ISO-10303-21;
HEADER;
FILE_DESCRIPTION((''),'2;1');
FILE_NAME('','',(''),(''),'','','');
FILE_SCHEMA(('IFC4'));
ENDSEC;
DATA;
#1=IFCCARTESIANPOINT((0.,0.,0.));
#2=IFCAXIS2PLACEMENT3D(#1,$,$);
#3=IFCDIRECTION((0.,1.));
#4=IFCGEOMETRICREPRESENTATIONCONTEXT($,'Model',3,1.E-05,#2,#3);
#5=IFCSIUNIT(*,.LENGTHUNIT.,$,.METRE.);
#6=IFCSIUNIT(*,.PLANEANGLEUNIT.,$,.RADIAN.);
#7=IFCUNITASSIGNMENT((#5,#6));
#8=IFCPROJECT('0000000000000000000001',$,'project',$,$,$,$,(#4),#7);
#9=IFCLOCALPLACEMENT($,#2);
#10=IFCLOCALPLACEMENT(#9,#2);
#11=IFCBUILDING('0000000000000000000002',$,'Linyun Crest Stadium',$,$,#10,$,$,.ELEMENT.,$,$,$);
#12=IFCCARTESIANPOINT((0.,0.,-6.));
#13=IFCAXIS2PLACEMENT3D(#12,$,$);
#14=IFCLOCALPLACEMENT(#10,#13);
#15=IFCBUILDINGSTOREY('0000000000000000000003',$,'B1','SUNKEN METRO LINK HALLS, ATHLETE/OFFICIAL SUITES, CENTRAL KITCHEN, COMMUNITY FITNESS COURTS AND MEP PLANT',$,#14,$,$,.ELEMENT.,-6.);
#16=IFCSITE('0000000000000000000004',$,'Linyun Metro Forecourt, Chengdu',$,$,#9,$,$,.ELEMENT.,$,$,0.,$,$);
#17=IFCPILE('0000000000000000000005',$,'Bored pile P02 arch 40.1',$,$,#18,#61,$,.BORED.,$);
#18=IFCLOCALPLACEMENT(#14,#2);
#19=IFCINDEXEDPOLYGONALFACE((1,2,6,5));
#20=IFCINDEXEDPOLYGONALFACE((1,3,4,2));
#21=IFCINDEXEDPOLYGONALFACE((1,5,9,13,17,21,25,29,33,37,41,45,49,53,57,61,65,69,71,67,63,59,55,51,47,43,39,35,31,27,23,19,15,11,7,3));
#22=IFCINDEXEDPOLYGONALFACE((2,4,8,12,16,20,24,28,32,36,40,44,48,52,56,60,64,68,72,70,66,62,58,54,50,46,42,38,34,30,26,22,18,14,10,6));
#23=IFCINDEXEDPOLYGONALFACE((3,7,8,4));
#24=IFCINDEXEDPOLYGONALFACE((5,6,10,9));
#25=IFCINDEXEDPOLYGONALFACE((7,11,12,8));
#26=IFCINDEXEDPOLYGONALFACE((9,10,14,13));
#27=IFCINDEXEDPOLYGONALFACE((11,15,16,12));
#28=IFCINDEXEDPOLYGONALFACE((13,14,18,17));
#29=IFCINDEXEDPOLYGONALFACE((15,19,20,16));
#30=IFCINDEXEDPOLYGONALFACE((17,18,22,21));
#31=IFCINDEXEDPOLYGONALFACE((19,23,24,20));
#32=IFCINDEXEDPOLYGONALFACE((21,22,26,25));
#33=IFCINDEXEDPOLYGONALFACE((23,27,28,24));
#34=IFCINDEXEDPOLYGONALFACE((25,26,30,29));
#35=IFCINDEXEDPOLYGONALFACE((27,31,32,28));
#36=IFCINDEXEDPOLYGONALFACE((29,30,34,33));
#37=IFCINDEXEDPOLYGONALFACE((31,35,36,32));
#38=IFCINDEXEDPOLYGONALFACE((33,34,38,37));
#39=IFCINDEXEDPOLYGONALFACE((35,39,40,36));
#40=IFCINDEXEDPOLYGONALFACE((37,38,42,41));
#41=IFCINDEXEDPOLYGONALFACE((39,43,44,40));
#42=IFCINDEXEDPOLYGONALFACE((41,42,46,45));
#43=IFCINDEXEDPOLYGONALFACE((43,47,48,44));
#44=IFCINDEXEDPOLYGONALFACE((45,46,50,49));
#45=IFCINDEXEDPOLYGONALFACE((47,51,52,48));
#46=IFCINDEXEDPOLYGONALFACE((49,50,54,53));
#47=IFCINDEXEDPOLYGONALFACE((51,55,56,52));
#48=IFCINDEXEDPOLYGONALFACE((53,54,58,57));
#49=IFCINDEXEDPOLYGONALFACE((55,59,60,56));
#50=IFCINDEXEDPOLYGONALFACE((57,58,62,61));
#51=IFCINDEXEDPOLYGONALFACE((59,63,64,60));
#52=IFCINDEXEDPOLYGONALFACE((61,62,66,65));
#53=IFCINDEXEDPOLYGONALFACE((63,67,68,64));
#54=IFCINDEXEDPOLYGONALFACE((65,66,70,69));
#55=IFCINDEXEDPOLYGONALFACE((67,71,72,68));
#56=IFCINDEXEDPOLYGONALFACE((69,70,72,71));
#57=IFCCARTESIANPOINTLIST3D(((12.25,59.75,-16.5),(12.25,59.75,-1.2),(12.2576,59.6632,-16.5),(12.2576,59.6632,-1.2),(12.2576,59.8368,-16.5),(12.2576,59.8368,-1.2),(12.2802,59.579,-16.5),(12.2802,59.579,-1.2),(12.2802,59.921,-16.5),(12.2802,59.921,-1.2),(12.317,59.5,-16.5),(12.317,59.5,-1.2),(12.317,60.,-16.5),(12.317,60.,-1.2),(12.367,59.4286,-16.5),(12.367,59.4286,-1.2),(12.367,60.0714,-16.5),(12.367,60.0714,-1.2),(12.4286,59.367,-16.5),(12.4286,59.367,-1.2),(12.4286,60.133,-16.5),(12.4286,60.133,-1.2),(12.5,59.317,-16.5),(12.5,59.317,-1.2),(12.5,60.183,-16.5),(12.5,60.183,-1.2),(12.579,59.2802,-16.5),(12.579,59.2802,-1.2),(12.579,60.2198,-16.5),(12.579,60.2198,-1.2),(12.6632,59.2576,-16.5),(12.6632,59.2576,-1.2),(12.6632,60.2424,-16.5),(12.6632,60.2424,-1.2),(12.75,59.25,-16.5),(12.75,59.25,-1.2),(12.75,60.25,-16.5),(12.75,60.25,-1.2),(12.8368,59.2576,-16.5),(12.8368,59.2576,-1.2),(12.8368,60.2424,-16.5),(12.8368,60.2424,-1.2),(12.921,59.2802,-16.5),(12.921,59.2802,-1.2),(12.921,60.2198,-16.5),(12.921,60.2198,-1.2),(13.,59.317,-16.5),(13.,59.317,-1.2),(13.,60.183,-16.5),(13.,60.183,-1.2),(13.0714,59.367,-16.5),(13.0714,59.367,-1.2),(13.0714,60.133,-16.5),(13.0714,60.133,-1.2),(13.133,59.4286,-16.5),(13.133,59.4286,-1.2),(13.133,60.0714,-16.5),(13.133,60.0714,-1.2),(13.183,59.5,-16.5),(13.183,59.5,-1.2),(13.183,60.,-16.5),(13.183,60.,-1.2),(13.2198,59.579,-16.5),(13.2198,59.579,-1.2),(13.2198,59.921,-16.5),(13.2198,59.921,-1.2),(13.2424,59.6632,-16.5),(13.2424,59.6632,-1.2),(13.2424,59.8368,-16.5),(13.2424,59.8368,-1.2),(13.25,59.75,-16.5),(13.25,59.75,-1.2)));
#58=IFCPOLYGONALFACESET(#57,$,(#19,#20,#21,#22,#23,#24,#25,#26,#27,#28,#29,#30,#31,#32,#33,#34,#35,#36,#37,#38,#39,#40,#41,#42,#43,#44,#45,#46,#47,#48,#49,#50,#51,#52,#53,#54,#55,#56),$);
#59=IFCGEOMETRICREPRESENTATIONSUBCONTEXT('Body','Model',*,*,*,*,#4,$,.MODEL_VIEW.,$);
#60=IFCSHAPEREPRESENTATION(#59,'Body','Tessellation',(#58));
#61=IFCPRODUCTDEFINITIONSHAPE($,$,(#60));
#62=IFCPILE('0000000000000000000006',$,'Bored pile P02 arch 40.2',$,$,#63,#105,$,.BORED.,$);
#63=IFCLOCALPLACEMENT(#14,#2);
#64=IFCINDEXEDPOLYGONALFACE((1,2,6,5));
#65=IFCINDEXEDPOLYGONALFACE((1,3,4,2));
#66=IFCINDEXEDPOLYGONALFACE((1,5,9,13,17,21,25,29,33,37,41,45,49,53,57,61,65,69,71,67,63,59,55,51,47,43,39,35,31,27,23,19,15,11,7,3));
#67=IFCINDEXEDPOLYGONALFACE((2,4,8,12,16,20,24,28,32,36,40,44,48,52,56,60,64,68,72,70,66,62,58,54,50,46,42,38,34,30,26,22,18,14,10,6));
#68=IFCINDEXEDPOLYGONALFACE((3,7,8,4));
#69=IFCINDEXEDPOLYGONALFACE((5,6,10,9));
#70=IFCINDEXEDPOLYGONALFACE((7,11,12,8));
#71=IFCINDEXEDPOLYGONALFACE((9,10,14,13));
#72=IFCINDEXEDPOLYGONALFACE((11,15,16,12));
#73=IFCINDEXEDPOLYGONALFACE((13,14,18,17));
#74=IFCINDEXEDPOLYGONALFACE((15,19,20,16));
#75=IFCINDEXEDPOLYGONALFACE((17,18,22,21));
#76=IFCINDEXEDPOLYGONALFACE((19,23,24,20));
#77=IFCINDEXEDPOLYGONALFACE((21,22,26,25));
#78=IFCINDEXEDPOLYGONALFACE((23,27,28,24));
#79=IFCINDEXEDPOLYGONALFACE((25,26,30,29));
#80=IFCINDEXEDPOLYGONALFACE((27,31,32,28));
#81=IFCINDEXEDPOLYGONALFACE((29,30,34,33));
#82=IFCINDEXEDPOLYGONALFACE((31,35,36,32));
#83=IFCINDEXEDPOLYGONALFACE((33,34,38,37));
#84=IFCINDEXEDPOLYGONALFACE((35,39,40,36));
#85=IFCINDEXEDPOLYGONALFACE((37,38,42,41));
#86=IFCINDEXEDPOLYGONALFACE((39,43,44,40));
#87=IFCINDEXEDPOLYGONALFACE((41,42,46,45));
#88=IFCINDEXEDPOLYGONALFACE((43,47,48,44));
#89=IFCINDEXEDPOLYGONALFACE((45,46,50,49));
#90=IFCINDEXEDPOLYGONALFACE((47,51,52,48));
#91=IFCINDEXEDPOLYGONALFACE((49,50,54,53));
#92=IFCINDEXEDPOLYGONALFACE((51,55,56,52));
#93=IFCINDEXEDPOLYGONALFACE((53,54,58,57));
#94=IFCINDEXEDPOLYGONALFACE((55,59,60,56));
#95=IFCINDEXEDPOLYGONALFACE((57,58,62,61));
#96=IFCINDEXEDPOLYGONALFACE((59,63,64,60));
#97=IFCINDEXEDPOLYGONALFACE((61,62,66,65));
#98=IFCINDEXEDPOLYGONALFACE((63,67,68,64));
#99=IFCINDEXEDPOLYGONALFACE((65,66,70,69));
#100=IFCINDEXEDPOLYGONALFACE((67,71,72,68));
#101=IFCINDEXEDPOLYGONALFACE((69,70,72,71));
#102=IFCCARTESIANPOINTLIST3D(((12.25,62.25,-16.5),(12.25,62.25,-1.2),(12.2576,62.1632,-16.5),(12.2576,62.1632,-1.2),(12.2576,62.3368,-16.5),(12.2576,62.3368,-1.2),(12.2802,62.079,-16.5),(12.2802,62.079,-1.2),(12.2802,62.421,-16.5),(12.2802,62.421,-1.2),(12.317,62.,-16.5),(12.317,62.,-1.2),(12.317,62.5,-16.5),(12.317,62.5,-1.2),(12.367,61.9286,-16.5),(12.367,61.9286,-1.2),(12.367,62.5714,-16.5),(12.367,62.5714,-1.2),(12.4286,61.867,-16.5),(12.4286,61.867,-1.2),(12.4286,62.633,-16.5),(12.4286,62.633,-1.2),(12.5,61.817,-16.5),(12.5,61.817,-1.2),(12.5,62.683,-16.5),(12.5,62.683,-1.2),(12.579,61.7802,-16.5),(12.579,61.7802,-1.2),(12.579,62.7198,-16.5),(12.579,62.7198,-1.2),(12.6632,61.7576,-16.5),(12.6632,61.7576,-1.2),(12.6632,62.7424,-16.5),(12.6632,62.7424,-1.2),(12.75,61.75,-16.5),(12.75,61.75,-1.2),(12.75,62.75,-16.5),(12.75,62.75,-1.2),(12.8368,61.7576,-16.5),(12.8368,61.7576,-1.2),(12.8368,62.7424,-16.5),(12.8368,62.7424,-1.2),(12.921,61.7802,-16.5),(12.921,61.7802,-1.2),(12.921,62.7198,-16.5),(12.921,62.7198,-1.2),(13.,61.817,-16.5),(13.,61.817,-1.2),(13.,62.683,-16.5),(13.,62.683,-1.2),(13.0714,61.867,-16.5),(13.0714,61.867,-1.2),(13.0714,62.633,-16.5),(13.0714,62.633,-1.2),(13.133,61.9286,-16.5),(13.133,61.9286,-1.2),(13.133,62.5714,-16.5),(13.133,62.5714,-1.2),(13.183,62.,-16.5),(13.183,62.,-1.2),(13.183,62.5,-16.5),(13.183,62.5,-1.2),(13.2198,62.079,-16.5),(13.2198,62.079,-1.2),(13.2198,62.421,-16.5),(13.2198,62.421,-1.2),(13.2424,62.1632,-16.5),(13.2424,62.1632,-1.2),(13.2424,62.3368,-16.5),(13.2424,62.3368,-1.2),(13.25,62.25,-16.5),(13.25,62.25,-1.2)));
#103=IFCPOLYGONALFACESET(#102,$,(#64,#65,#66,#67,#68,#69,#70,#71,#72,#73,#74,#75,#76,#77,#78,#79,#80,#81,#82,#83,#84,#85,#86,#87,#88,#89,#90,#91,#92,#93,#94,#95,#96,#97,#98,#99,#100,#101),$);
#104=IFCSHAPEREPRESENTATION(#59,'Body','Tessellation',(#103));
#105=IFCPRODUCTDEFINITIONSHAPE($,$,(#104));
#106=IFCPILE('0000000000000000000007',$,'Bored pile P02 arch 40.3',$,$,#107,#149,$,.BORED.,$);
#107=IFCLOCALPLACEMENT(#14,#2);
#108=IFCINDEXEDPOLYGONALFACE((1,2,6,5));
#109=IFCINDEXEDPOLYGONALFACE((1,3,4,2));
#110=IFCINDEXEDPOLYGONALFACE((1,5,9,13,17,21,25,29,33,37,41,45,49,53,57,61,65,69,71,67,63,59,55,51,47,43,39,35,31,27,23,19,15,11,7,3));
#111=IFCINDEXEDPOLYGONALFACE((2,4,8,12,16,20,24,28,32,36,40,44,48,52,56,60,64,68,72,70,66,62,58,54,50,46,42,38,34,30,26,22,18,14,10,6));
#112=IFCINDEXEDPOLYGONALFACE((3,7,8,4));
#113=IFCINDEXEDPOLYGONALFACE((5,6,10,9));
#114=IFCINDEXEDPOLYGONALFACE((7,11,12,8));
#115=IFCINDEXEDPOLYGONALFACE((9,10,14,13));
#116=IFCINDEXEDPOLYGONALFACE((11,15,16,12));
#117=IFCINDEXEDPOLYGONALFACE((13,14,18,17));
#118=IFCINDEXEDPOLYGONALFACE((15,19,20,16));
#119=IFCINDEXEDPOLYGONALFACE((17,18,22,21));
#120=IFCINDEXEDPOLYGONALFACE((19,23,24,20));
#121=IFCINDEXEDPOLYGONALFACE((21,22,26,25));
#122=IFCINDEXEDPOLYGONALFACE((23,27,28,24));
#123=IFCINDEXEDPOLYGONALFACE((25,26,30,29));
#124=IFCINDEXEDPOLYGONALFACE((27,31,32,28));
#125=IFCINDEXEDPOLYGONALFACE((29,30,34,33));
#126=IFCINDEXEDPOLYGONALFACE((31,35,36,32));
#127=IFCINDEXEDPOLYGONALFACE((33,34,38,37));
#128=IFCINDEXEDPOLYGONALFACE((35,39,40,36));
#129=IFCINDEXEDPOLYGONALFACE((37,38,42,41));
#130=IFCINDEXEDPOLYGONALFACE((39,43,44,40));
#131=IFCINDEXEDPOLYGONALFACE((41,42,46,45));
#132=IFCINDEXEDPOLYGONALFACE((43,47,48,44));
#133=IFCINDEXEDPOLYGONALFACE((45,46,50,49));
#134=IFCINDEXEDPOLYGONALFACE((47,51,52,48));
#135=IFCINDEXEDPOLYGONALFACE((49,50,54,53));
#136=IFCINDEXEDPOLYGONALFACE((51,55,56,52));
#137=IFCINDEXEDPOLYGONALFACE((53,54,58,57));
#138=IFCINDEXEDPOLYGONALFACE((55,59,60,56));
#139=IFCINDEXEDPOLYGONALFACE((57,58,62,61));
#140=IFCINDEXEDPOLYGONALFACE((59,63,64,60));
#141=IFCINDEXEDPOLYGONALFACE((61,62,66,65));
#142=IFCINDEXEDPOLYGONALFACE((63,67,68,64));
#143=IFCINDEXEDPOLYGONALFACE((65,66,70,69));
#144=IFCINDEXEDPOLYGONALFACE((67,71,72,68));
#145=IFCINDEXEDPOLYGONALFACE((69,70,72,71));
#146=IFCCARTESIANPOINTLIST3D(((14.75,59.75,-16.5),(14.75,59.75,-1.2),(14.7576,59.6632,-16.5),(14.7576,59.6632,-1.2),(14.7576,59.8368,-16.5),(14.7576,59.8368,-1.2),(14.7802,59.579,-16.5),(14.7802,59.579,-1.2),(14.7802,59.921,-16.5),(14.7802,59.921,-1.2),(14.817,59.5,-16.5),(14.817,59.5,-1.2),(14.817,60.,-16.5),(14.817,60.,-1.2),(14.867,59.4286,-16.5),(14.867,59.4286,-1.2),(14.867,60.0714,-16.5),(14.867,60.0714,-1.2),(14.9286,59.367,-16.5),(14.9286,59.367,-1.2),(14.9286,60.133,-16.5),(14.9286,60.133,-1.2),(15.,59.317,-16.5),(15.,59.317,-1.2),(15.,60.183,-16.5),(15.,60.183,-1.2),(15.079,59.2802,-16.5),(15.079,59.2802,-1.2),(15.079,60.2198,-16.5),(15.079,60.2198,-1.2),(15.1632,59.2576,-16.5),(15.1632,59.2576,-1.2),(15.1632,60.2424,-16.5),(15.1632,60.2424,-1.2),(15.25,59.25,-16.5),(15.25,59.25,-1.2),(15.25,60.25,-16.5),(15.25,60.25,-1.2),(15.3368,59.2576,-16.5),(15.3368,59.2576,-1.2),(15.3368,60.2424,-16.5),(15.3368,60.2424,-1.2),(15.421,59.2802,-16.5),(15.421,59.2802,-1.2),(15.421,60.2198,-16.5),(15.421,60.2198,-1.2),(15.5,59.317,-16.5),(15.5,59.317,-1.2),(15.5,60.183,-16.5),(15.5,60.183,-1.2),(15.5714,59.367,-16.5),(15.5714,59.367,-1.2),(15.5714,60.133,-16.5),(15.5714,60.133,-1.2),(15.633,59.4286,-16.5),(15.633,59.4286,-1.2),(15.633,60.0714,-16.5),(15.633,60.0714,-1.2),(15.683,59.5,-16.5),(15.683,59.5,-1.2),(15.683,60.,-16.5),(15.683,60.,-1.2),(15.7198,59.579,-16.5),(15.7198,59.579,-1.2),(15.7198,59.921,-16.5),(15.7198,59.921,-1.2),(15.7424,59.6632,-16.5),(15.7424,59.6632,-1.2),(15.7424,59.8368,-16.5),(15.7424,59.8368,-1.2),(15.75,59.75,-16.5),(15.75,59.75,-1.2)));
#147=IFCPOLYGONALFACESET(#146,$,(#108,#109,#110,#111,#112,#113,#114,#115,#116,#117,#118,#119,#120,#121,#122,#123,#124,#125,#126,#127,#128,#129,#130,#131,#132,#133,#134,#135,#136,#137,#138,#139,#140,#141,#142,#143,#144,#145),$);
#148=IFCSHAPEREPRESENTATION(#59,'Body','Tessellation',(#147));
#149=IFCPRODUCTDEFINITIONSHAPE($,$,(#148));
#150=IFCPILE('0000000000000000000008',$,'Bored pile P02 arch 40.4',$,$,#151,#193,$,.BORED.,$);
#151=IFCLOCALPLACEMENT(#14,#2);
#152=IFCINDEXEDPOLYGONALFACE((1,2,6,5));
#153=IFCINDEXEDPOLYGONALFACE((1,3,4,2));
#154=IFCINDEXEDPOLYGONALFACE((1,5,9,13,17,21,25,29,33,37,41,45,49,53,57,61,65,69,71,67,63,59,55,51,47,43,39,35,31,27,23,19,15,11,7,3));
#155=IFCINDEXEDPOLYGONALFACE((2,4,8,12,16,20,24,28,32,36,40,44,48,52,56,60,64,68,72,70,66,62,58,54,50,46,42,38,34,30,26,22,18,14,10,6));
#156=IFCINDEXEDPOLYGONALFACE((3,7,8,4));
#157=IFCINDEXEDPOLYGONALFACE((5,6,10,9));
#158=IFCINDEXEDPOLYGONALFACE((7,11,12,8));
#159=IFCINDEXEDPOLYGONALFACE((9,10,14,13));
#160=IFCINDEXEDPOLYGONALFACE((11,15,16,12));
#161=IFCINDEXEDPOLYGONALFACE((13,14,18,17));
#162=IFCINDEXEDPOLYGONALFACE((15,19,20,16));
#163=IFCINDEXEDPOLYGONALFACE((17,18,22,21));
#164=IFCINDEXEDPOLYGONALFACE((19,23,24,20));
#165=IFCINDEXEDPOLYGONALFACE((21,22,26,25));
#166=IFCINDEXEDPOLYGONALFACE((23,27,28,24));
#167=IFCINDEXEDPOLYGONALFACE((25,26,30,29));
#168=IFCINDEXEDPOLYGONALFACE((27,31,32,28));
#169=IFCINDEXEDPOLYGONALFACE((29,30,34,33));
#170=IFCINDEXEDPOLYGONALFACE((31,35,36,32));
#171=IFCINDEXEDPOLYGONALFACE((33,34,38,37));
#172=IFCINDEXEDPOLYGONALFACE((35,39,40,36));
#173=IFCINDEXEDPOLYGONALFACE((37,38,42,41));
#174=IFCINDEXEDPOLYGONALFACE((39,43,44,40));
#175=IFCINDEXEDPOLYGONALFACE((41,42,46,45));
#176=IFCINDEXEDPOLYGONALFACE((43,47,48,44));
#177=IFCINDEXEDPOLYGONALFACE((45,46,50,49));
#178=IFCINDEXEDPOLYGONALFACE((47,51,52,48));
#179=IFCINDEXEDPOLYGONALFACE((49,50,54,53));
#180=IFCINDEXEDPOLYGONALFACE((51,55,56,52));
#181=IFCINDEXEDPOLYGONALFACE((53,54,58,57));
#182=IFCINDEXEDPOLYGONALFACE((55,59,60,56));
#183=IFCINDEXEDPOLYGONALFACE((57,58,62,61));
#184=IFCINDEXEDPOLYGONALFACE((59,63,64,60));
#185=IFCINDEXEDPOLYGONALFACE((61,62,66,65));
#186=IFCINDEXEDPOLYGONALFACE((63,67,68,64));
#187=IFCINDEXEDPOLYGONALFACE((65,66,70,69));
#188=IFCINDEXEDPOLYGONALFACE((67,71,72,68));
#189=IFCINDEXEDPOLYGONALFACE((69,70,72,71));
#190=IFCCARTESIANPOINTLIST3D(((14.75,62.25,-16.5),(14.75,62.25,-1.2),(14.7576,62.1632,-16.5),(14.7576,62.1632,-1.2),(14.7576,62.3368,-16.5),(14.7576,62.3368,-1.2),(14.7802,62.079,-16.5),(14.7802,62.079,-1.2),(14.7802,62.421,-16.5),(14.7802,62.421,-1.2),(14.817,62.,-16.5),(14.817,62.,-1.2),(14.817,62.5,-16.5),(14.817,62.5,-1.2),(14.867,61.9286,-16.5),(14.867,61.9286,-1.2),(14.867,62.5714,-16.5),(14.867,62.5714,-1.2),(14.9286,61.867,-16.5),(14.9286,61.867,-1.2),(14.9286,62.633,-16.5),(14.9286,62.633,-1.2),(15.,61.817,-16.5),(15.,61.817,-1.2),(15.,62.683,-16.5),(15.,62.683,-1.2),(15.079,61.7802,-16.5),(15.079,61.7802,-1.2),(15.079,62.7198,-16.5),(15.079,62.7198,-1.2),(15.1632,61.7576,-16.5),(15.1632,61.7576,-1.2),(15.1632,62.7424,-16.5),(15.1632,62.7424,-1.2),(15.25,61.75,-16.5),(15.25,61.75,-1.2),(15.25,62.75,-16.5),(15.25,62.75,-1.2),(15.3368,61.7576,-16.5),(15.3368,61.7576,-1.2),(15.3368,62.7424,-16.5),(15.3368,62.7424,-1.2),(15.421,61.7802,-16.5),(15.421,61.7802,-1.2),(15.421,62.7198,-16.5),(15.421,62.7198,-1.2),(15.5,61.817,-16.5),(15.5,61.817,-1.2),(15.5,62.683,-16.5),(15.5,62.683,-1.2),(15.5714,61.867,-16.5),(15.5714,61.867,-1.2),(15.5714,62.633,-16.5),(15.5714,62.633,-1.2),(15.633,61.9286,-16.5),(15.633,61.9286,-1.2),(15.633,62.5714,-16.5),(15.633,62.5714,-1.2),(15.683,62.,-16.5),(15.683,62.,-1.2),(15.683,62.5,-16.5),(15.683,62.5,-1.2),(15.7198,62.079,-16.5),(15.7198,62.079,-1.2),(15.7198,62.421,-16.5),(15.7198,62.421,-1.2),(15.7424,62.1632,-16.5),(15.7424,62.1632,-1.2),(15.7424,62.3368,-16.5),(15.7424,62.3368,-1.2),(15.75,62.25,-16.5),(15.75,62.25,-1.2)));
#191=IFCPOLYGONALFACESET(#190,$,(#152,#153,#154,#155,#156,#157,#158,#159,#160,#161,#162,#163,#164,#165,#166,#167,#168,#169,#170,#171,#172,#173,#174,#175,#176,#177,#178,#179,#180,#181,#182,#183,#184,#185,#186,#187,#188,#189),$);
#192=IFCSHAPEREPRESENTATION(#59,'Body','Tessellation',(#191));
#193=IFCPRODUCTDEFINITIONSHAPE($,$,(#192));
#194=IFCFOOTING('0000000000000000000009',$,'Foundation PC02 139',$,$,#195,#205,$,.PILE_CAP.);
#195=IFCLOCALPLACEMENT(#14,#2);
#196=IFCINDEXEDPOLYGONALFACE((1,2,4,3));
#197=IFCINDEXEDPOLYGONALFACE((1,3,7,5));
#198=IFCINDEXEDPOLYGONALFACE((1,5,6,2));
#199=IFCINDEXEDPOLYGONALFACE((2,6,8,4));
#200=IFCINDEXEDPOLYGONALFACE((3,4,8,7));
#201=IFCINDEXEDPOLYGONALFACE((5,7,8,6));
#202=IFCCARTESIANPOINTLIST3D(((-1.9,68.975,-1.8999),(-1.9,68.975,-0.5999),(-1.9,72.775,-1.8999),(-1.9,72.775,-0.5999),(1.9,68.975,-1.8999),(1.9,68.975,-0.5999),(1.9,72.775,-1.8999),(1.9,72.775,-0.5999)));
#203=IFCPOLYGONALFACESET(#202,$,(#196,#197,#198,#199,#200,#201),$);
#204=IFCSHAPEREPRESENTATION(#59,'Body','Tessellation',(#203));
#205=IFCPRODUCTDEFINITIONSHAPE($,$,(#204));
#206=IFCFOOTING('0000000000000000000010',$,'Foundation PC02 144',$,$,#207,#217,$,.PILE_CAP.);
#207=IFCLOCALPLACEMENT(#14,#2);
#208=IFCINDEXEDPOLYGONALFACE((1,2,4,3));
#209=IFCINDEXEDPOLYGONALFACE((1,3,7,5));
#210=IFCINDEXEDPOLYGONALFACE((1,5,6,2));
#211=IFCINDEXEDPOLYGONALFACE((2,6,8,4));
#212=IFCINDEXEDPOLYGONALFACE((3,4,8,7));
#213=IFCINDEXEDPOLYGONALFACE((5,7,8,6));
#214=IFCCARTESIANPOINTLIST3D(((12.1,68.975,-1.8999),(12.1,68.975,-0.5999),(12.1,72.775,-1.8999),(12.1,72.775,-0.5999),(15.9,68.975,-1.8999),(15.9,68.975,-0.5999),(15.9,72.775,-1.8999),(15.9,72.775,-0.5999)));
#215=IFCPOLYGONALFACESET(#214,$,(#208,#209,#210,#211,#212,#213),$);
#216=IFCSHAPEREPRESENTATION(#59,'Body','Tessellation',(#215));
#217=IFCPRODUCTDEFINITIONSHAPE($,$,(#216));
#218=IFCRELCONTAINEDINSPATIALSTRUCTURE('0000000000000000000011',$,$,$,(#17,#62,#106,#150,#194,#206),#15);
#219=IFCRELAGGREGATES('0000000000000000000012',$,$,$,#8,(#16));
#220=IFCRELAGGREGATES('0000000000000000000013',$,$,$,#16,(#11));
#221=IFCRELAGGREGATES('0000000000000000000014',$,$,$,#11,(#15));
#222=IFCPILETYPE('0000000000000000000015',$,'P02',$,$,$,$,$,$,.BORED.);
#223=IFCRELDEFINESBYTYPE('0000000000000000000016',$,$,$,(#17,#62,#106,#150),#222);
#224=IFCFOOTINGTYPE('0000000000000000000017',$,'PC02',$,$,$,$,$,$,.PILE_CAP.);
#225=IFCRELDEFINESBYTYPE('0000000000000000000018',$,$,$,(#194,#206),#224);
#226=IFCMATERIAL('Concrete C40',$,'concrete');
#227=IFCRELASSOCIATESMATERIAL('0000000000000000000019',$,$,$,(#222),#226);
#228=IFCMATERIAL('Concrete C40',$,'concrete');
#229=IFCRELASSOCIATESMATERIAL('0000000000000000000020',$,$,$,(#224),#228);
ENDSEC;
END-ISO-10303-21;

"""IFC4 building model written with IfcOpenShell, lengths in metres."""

from ifc_helpers import new_model, si_unit, direction, frame, origin, origin_2d, place, context, subcontext, project, spatial, rectangle, circle, extrude, material, material_profile, profile_set, type_object, element, save


model = new_model("IFC4")

# Units and contexts
model_context = context("Model", 3, precision=1e-05, world=origin(), true_north=direction((0.0, 1.0)))
body_context = subcontext(model_context, "Body", "Model", "MODEL_VIEW")
ifc_project = project(units=[si_unit("LENGTHUNIT", "METRE"), si_unit("PLANEANGLEUNIT", "RADIAN")], contexts=[model_context])

# Site, building, storey
site_placement = place(None, origin())
site = spatial("IfcSite", under=ifc_project, at=site_placement, Name="Linyun Metro Forecourt, Chengdu", CompositionType="ELEMENT", RefElevation=0.0)
building_placement = place(site_placement, origin())
building = spatial("IfcBuilding", under=site, at=building_placement, Name="Linyun Crest Stadium", CompositionType="ELEMENT")
storey_placement = place(building_placement, frame((0.0, 0.0, -6.0)))
storey = spatial("IfcBuildingStorey", under=building, at=storey_placement, Name="B1", Description="SUNKEN METRO LINK HALLS, ATHLETE/OFFICIAL SUITES, CENTRAL KITCHEN, COMMUNITY FITNESS COURTS AND MEP PLANT", CompositionType="ELEMENT", Elevation=-6.0)

# Piles
ifc_material_1 = material(Name="Concrete C40", Category="concrete")
ifc_material_profile_1 = material_profile(ifc_material_1, circle(Radius=0.5, at=origin_2d()), Name="BORED PILE 1000")
ifc_profile_set_1 = profile_set([ifc_material_profile_1], Name="Concrete C40")
pile_type = type_object("IfcPileType", Name="P02", PredefinedType="BORED", material=ifc_profile_set_1)
for number, where, z_axis, x_axis, name in (
    (1, (12.75, 59.75, -1.2), (0.0, 0.0, -1.0), (1.0, 0.0, 0.0), "Bored pile P02 arch 40.1"),
    (2, (12.75, 62.25, -1.2), (0.0, 0.0, -1.0), (1.0, 0.0, 0.0), "Bored pile P02 arch 40.2"),
    (3, (15.25, 59.75, -1.2), (0.0, 0.0, -1.0), (1.0, 0.0, 0.0), "Bored pile P02 arch 40.3"),
    (4, (15.25, 62.25, -1.2), (0.0, 0.0, -1.0), (1.0, 0.0, 0.0), "Bored pile P02 arch 40.4"),
):
    element("IfcPile", number, at=place(storey_placement, frame(where, z_axis=z_axis, x_axis=x_axis)), inside=storey, type_object=pile_type, Name=name, PredefinedType="BORED", context=body_context, shape_type="SweptSolid", body=[
        extrude(circle(Radius=0.5, at=origin_2d()), origin(), (0.0, 0.0, 1.0), 15.3),
    ])

# Footings
ifc_material_2 = material(Name="Concrete C40", Category="concrete")
footing_type = type_object("IfcFootingType", Name="PC02", PredefinedType="PILE_CAP", material=ifc_material_2)
for number, where, z_axis, x_axis, name in (
    (5, (0.0, 70.875, -1.8999), (0.0, 0.0, 1.0), (1.0, 0.0, 0.0), "Foundation PC02 139"),
    (6, (14.0, 70.875, -1.8999), (0.0, 0.0, 1.0), (1.0, 0.0, 0.0), "Foundation PC02 144"),
):
    element("IfcFooting", number, at=place(storey_placement, frame(where, z_axis=z_axis, x_axis=x_axis)), inside=storey, type_object=footing_type, Name=name, PredefinedType="PILE_CAP", context=body_context, shape_type="SweptSolid", body=[
        extrude(rectangle(XDim=3.8, YDim=3.8, at=origin_2d()), origin(), (0.0, 0.0, 1.0), 1.3),
    ])

save(model, "model.ifc")
